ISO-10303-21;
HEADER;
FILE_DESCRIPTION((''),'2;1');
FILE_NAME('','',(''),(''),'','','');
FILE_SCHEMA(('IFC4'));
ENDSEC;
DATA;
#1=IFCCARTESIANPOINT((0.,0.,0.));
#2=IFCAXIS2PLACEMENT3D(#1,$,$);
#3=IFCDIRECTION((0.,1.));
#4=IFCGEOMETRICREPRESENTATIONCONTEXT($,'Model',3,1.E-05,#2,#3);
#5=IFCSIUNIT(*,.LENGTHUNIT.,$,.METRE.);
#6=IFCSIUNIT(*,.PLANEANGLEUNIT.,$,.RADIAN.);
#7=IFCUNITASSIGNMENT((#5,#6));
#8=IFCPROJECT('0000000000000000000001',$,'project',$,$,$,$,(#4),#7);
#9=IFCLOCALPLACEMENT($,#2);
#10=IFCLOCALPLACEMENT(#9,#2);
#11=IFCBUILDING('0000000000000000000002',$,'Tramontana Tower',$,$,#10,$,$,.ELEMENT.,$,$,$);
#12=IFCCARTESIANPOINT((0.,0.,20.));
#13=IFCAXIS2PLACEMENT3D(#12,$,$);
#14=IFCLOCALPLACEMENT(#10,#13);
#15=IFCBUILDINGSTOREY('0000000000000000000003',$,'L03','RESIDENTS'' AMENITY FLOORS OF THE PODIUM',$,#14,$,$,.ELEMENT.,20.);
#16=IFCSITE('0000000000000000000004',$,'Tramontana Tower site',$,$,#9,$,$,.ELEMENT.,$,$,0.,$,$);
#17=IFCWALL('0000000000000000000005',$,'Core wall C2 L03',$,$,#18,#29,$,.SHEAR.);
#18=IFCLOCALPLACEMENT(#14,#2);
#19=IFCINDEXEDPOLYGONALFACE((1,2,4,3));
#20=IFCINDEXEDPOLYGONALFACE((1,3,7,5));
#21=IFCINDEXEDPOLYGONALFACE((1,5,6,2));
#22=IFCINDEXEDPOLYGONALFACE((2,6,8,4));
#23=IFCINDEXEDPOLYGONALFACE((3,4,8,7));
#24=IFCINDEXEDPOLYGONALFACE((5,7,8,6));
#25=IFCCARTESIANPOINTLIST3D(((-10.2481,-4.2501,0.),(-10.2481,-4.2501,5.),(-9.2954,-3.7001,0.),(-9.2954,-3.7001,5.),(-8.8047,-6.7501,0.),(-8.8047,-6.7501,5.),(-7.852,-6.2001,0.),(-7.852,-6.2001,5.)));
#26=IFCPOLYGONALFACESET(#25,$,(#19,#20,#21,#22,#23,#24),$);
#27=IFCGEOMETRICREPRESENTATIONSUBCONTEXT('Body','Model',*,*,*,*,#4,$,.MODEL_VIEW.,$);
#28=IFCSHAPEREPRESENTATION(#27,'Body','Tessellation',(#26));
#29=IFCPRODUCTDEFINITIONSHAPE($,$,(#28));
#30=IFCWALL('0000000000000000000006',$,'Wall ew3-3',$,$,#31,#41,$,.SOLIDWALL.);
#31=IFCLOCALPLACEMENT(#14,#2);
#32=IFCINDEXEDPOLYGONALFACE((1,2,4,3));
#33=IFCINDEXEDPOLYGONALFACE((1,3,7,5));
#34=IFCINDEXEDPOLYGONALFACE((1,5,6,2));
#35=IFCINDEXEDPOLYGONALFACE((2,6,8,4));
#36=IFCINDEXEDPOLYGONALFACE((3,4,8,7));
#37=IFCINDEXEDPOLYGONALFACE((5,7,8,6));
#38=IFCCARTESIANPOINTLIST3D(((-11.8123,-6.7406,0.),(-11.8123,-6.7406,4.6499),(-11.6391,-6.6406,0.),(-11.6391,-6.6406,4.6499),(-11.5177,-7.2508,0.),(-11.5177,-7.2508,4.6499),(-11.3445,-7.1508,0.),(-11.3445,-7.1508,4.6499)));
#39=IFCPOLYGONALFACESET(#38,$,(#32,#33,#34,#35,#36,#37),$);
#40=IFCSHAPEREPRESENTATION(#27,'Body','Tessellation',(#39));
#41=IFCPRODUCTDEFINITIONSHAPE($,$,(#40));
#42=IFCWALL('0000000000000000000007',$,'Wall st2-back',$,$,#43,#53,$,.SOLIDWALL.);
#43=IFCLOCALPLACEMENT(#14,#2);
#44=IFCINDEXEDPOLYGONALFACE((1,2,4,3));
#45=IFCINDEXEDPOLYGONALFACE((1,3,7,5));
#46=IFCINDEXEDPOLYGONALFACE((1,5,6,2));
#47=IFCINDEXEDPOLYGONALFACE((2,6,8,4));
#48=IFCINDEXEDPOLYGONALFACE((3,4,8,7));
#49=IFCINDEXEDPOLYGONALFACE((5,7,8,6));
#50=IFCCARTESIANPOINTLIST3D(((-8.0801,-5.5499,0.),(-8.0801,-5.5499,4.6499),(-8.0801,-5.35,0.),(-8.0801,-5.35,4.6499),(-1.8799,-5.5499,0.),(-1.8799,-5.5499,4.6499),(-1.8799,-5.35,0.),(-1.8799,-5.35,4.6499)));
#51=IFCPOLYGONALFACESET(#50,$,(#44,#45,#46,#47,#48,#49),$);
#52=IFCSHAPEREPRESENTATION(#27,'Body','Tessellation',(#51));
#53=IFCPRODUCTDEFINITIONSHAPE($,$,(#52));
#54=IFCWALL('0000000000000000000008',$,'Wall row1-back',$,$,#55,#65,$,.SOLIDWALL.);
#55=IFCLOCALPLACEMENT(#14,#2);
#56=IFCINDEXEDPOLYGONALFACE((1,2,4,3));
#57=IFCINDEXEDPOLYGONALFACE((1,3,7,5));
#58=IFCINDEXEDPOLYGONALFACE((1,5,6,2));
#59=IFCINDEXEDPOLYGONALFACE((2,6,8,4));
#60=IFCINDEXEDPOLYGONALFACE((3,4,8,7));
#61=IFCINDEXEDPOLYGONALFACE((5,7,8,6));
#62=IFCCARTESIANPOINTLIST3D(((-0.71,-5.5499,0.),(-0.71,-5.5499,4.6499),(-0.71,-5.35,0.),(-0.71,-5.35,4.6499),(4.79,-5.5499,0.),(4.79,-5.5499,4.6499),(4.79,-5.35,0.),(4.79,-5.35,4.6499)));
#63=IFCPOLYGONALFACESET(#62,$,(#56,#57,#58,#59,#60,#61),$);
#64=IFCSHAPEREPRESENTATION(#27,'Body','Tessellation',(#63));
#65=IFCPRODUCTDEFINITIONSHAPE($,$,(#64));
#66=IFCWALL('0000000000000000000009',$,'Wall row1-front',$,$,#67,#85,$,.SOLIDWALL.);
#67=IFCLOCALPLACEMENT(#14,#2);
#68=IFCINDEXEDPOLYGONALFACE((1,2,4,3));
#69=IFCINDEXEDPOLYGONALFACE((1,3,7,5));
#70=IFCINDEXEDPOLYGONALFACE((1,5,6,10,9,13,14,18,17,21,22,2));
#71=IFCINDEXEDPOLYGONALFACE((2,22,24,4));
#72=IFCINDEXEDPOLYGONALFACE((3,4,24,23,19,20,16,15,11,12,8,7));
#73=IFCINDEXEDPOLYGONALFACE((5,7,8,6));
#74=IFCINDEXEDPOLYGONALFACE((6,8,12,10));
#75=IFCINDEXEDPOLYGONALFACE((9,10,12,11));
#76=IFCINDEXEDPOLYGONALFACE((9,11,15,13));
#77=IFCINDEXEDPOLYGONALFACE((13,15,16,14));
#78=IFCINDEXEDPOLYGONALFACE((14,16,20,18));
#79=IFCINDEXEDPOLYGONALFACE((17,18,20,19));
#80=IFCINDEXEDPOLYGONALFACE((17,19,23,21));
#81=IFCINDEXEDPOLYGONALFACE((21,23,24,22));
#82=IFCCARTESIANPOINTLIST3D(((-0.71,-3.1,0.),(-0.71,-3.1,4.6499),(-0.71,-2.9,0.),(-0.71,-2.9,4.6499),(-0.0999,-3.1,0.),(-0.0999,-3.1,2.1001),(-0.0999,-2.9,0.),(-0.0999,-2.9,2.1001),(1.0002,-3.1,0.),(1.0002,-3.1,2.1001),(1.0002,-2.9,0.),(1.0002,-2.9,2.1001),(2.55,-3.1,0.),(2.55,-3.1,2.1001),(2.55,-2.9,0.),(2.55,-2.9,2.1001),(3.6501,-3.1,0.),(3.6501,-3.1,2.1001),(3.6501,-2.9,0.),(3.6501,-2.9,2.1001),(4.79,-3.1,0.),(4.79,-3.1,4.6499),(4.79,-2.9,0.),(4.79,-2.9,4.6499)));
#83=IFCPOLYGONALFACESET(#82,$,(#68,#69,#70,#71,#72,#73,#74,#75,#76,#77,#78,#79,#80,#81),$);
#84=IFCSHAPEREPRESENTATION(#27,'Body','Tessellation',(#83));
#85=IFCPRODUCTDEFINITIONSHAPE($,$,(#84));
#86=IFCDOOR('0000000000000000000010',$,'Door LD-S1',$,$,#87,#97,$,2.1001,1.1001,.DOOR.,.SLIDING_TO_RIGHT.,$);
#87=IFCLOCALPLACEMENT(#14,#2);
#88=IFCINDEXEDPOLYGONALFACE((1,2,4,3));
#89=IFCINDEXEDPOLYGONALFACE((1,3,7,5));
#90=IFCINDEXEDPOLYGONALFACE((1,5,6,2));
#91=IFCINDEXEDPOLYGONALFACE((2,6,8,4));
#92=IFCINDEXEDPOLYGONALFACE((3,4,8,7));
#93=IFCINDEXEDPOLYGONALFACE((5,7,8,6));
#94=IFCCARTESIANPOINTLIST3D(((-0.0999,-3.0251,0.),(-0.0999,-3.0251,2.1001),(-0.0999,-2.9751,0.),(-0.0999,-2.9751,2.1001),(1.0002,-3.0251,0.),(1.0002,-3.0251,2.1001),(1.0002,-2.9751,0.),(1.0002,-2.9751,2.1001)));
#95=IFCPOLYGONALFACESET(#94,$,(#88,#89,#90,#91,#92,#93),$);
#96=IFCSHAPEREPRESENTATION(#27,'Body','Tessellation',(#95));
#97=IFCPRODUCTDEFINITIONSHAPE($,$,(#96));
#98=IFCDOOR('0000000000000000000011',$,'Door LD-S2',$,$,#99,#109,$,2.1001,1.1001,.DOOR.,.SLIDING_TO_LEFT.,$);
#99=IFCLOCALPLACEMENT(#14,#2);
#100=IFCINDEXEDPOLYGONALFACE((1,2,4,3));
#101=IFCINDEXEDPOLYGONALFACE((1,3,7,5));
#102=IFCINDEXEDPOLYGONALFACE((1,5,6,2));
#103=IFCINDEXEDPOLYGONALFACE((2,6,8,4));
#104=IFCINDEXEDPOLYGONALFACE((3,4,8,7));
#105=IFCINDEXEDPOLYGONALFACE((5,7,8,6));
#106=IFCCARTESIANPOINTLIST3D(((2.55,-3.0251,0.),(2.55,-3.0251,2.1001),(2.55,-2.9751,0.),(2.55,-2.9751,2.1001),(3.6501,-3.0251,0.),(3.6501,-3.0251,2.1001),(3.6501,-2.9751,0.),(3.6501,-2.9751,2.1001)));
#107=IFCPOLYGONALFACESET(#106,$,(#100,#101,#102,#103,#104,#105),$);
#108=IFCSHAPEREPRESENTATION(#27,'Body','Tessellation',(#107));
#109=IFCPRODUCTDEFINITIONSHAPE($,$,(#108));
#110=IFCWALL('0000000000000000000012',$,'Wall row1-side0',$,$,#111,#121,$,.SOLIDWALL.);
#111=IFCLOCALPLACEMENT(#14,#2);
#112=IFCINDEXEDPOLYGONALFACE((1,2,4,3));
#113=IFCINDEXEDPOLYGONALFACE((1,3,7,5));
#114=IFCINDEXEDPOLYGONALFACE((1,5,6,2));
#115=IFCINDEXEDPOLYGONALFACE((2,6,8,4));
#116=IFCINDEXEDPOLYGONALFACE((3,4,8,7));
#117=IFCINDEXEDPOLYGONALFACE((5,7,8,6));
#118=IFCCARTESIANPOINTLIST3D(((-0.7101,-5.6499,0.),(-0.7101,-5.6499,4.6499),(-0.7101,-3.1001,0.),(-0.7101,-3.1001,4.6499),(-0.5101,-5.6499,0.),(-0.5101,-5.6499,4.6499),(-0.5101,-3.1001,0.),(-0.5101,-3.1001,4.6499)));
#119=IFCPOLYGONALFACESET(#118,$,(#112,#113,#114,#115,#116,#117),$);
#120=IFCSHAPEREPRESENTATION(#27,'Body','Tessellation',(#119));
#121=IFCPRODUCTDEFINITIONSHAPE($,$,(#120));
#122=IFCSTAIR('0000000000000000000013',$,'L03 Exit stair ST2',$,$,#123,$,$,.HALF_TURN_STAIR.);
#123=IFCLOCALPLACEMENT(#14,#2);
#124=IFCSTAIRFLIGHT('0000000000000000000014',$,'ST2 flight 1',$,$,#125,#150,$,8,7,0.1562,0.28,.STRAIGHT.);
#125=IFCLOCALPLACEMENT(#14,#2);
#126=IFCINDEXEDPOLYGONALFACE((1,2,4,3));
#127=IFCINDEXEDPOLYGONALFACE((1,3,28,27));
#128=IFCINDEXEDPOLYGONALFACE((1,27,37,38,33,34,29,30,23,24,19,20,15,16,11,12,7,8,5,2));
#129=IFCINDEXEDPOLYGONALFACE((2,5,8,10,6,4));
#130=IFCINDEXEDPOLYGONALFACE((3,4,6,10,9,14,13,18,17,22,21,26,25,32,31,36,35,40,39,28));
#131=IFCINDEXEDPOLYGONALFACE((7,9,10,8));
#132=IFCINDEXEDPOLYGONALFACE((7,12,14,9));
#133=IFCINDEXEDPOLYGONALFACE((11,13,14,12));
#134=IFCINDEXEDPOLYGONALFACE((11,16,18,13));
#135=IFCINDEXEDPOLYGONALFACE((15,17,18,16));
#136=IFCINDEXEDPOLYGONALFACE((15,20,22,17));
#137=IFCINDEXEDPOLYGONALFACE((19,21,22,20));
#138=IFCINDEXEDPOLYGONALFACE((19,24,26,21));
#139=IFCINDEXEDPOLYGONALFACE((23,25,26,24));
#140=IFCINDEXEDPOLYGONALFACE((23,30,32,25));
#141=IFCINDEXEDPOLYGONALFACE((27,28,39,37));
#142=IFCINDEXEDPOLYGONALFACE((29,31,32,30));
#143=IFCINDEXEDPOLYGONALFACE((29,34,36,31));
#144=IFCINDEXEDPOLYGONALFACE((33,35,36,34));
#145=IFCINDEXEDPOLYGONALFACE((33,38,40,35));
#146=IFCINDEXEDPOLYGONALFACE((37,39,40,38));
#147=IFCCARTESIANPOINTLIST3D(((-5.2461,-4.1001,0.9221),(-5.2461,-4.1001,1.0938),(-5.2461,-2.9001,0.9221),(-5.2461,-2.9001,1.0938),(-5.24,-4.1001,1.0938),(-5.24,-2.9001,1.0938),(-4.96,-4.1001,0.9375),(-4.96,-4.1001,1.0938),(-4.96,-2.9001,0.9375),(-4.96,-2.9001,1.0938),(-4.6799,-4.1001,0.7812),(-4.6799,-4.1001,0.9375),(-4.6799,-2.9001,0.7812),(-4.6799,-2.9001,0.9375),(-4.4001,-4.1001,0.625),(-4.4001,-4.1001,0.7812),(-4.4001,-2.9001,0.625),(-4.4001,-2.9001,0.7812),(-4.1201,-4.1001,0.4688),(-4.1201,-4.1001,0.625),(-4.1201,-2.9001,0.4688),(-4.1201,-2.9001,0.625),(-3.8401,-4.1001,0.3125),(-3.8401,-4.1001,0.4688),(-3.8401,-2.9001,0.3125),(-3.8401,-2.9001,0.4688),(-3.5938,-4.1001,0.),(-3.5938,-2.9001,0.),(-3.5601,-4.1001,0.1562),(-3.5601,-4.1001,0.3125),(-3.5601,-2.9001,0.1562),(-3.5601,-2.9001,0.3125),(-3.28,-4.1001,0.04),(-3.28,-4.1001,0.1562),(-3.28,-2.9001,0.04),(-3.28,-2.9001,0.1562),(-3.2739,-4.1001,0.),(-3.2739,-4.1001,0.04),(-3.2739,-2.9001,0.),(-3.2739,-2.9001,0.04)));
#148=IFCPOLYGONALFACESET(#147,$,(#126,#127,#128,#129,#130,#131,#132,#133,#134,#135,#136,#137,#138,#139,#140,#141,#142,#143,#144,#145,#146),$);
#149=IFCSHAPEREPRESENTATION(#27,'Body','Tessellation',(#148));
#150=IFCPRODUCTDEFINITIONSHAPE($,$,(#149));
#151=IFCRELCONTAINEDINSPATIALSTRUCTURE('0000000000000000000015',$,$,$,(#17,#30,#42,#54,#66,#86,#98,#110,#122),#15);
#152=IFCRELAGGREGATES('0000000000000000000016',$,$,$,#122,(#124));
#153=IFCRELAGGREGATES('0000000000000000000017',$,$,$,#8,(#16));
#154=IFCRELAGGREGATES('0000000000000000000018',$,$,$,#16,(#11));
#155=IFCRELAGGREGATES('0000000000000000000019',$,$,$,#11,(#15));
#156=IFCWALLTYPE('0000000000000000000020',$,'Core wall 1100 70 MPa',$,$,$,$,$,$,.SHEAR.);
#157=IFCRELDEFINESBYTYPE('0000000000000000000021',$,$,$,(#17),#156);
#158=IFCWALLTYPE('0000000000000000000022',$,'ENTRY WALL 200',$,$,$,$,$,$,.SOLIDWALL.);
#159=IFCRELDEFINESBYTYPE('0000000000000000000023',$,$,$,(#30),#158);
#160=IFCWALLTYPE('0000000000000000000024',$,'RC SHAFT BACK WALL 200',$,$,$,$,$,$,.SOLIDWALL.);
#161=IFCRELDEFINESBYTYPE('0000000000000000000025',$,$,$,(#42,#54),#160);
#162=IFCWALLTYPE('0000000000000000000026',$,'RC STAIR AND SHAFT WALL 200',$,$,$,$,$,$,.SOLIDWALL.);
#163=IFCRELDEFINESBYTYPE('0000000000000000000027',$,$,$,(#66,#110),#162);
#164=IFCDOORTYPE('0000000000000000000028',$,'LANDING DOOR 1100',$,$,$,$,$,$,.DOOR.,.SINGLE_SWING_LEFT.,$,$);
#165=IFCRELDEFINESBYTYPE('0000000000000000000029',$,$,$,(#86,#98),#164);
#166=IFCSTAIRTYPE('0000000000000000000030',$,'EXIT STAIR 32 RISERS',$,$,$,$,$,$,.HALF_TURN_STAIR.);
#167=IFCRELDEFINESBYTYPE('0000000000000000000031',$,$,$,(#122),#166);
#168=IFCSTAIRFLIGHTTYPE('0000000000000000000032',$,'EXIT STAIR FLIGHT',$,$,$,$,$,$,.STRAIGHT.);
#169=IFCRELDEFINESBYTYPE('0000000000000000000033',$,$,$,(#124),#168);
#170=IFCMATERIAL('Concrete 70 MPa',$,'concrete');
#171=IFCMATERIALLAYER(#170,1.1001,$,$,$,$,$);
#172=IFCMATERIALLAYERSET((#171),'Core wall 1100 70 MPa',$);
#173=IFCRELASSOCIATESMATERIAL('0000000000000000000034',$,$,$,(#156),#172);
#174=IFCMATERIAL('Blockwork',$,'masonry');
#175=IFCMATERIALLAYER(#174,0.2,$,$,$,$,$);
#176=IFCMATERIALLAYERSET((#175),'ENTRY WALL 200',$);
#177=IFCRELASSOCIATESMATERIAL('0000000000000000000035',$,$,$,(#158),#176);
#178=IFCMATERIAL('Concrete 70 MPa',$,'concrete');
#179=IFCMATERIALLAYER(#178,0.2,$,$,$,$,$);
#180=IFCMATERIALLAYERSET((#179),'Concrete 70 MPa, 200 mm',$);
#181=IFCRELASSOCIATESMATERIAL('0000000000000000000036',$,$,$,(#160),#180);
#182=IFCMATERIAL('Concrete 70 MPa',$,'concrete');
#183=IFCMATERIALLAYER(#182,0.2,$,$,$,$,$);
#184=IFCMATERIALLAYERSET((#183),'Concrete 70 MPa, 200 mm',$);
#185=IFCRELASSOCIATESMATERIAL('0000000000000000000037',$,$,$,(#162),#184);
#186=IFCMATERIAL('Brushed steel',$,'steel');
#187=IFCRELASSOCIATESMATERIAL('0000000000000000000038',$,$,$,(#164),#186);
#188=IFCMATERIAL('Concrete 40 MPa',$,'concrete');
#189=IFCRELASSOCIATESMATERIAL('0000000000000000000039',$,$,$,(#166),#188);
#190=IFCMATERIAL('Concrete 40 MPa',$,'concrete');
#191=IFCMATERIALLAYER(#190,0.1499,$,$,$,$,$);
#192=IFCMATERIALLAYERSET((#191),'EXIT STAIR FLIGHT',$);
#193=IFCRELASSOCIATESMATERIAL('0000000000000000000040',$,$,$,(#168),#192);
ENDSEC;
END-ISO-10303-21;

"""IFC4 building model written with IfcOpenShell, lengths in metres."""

from ifc_helpers import new_model, si_unit, direction, frame, frame_2d, origin, place, context, subcontext, project, spatial, polyline, rectangle, outline, extrude, material, layer, layer_set, type_object, element, fill, aggregate, save


model = new_model("IFC4")

# Units and contexts
model_context = context("Model", 3, precision=1e-05, world=origin(), true_north=direction((0.0, 1.0)))
body_context = subcontext(model_context, "Body", "Model", "MODEL_VIEW")
ifc_project = project(units=[si_unit("LENGTHUNIT", "METRE"), si_unit("PLANEANGLEUNIT", "RADIAN")], contexts=[model_context])

# Site, building, storey
site_placement = place(None, origin())
site = spatial("IfcSite", under=ifc_project, at=site_placement, Name="Tramontana Tower site", CompositionType="ELEMENT", RefElevation=0.0)
building_placement = place(site_placement, origin())
building = spatial("IfcBuilding", under=site, at=building_placement, Name="Tramontana Tower", CompositionType="ELEMENT")
storey_placement = place(building_placement, frame((0.0, 0.0, 20.0)))
storey = spatial("IfcBuildingStorey", under=building, at=storey_placement, Name="L03", Description="RESIDENTS' AMENITY FLOORS OF THE PODIUM", CompositionType="ELEMENT", Elevation=20.0)

# Wall
ifc_material_1 = material(Name="Concrete 70 MPa", Category="concrete")
ifc_layer_1 = layer(ifc_material_1, 1.1001)
ifc_layer_set_1 = layer_set([ifc_layer_1], Name="Core wall 1100 70 MPa")
wall_type_1 = type_object("IfcWallType", Name="Core wall 1100 70 MPa", PredefinedType="SHEAR", material=ifc_layer_set_1)
wall_1_placement = place(storey_placement, frame((-9.7717, -3.9751, 0.0), z_axis=(0.0, 0.0, 1.0), x_axis=(0.499996, -0.866028, 0.0)))
element("IfcWall", 1, at=wall_1_placement, inside=storey, type_object=wall_type_1, Name="Core wall C2 L03", PredefinedType="SHEAR", context=body_context, shape_type="SweptSolid", body=[
    extrude(rectangle(XDim=2.8867, YDim=1.1001, at=frame_2d((1.4434, 0.0))), origin(), (0.0, 0.0, 1.0), 5.0),
])

# Wall
ifc_material_2 = material(Name="Blockwork", Category="masonry")
ifc_layer_2 = layer(ifc_material_2, 0.2)
ifc_layer_set_2 = layer_set([ifc_layer_2], Name="ENTRY WALL 200")
wall_type_2 = type_object("IfcWallType", Name="ENTRY WALL 200", PredefinedType="SOLIDWALL", material=ifc_layer_set_2)
wall_2_placement = place(storey_placement, frame((-11.4312, -7.2007, 0.0), z_axis=(0.0, 0.0, 1.0), x_axis=(-0.500105, 0.865965, 0.0)))
element("IfcWall", 2, at=wall_2_placement, inside=storey, type_object=wall_type_2, Name="Wall ew3-3", PredefinedType="SOLIDWALL", context=body_context, shape_type="SweptSolid", body=[
    extrude(rectangle(XDim=0.5891, YDim=0.2, at=frame_2d((0.2944, 0.0))), origin(), (0.0, 0.0, 1.0), 4.6499),
])

# Walls
ifc_material_3 = material(Name="Concrete 70 MPa", Category="concrete")
ifc_layer_3 = layer(ifc_material_3, 0.2)
ifc_layer_set_3 = layer_set([ifc_layer_3], Name="Concrete 70 MPa, 200 mm")
wall_type_3 = type_object("IfcWallType", Name="RC SHAFT BACK WALL 200", PredefinedType="SOLIDWALL", material=ifc_layer_set_3)
wall_3_placement = place(storey_placement, frame((-8.0801, -5.45, 0.0), z_axis=(0.0, 0.0, 1.0), x_axis=(1.0, 0.0, 0.0)))
element("IfcWall", 3, at=wall_3_placement, inside=storey, type_object=wall_type_3, Name="Wall st2-back", PredefinedType="SOLIDWALL", context=body_context, shape_type="SweptSolid", body=[
    extrude(rectangle(XDim=6.2002, YDim=0.2, at=frame_2d((3.1001, 0.0))), origin(), (0.0, 0.0, 1.0), 4.6499),
])
wall_4_placement = place(storey_placement, frame((-0.71, -5.45, 0.0), z_axis=(0.0, 0.0, 1.0), x_axis=(1.0, 0.0, 0.0)))
element("IfcWall", 4, at=wall_4_placement, inside=storey, type_object=wall_type_3, Name="Wall row1-back", PredefinedType="SOLIDWALL", context=body_context, shape_type="SweptSolid", body=[
    extrude(rectangle(XDim=5.5, YDim=0.2, at=frame_2d((2.75, 0.0))), origin(), (0.0, 0.0, 1.0), 4.6499),
])

# Shared definitions
ifc_material_4 = material(Name="Concrete 70 MPa", Category="concrete")
ifc_layer_4 = layer(ifc_material_4, 0.2)
ifc_layer_set_4 = layer_set([ifc_layer_4], Name="Concrete 70 MPa, 200 mm")
wall_type_4 = type_object("IfcWallType", Name="RC STAIR AND SHAFT WALL 200", PredefinedType="SOLIDWALL", material=ifc_layer_set_4)

# Wall, openings, doors
wall_5_placement = place(storey_placement, frame((-0.71, -3.0, 0.0), z_axis=(0.0, 0.0, 1.0), x_axis=(1.0, 0.0, 0.0)))
wall_5 = element("IfcWall", 5, at=wall_5_placement, inside=storey, type_object=wall_type_4, Name="Wall row1-front", PredefinedType="SOLIDWALL", context=body_context, shape_type="SweptSolid", body=[
    extrude(rectangle(XDim=5.5, YDim=0.2, at=frame_2d((2.75, 0.0))), origin(), (0.0, 0.0, 1.0), 4.6499),
])
opening_1_placement = place(wall_5_placement, frame((0.6101, 0.0, 0.0)))
opening_1 = element("IfcOpeningElement", 6, at=opening_1_placement, cuts=wall_5, PredefinedType="OPENING", context=body_context, shape_type="SweptSolid", body=[
    extrude(rectangle(XDim=1.1001, YDim=2.1001, at=frame_2d((0.55, 1.05))), frame((0.0, 0.1099, 0.0), z_axis=(0.0, -1.0, 0.0), x_axis=(1.0, 0.0, 0.0)), (0.0, 0.0, 1.0), 0.22),
])
opening_2_placement = place(wall_5_placement, frame((3.26, 0.0, 0.0)))
opening_2 = element("IfcOpeningElement", 7, at=opening_2_placement, cuts=wall_5, PredefinedType="OPENING", context=body_context, shape_type="SweptSolid", body=[
    extrude(rectangle(XDim=1.1001, YDim=2.1001, at=frame_2d((0.55, 1.05))), frame((0.0, 0.1099, 0.0), z_axis=(0.0, -1.0, 0.0), x_axis=(1.0, 0.0, 0.0)), (0.0, 0.0, 1.0), 0.22),
])
ifc_material_5 = material(Name="Brushed steel", Category="steel")
door_type_1 = type_object("IfcDoorType", Name="LANDING DOOR 1100", OperationType="SINGLE_SWING_LEFT", PredefinedType="DOOR", material=ifc_material_5)
door_1_placement = place(opening_1_placement, origin())
door_1 = element("IfcDoor", 8, at=door_1_placement, inside=storey, type_object=door_type_1, Name="Door LD-S1", OperationType="SLIDING_TO_RIGHT", OverallHeight=2.1001, OverallWidth=1.1001, PredefinedType="DOOR", context=body_context, shape_type="SweptSolid", body=[
    extrude(rectangle(XDim=1.1001, YDim=2.1001, at=frame_2d((0.55, 1.05))), frame((0.0, 0.0249, 0.0), z_axis=(0.0, -1.0, 0.0), x_axis=(1.0, 0.0, 0.0)), (0.0, 0.0, 1.0), 0.05),
])
fill(opening_1, door_1)
door_2_placement = place(opening_2_placement, origin())
door_2 = element("IfcDoor", 9, at=door_2_placement, inside=storey, type_object=door_type_1, Name="Door LD-S2", OperationType="SLIDING_TO_LEFT", OverallHeight=2.1001, OverallWidth=1.1001, PredefinedType="DOOR", context=body_context, shape_type="SweptSolid", body=[
    extrude(rectangle(XDim=1.1001, YDim=2.1001, at=frame_2d((0.55, 1.05))), frame((0.0, 0.0249, 0.0), z_axis=(0.0, -1.0, 0.0), x_axis=(1.0, 0.0, 0.0)), (0.0, 0.0, 1.0), 0.05),
])
fill(opening_2, door_2)

# Wall
wall_6_placement = place(storey_placement, frame((-0.6101, -3.1001, 0.0), z_axis=(0.0, 0.0, 1.0), x_axis=(0.0, -1.0, 0.0)))
element("IfcWall", 10, at=wall_6_placement, inside=storey, type_object=wall_type_4, Name="Wall row1-side0", PredefinedType="SOLIDWALL", context=body_context, shape_type="SweptSolid", body=[
    extrude(rectangle(XDim=2.5498, YDim=0.2, at=frame_2d((1.2749, 0.0))), origin(), (0.0, 0.0, 1.0), 4.6499),
])

# Stair, stair flight
ifc_material_6 = material(Name="Concrete 40 MPa", Category="concrete")
stair_type = type_object("IfcStairType", Name="EXIT STAIR 32 RISERS", PredefinedType="HALF_TURN_STAIR", material=ifc_material_6)
stair_placement = place(storey_placement, origin())
stair = element("IfcStair", 11, at=stair_placement, inside=storey, type_object=stair_type, Name="L03 Exit stair ST2", PredefinedType="HALF_TURN_STAIR")
ifc_material_7 = material(Name="Concrete 40 MPa", Category="concrete")
ifc_layer_5 = layer(ifc_material_7, 0.1499)
ifc_layer_set_5 = layer_set([ifc_layer_5], Name="EXIT STAIR FLIGHT")
stair_flight_type = type_object("IfcStairFlightType", Name="EXIT STAIR FLIGHT", PredefinedType="STRAIGHT", material=ifc_layer_set_5)
stair_flight_1_placement = place(storey_placement, frame((-3.28, -3.5, 0.0), z_axis=(0.0, 0.0, 1.0), x_axis=(-1.0, 0.0, 0.0)))
stair_flight_1 = element("IfcStairFlight", 12, at=stair_flight_1_placement, type_object=stair_flight_type, Name="ST2 flight 1", NumberOfRisers=8, NumberOfTreads=7, PredefinedType="STRAIGHT", RiserHeight=0.1562, TreadLength=0.28, context=body_context, shape_type="SweptSolid", body=[
    extrude(outline(polyline([(-0.0061, 0.0), (-0.0061, 0.04), (0.0, 0.04), (0.0, 0.1562), (0.28, 0.1562), (0.28, 0.3125), (0.5601, 0.3125), (0.5601, 0.4688), (0.8401, 0.4688), (0.8401, 0.625), (1.1201, 0.625), (1.1201, 0.7812), (1.3999, 0.7812), (1.3999, 0.9375), (1.6799, 0.9375), (1.6799, 1.0938), (1.96, 1.0938), (1.9661, 1.0938), (1.9661, 0.9221), (0.3137, 0.0), (-0.0061, 0.0)])), frame((0.0, 0.6001, 0.0), z_axis=(0.0, -1.0, 0.0), x_axis=(1.0, 0.0, 0.0)), (0.0, 0.0, 1.0), 1.2),
])
aggregate(stair, [stair_flight_1])

save(model, "model.ifc")
